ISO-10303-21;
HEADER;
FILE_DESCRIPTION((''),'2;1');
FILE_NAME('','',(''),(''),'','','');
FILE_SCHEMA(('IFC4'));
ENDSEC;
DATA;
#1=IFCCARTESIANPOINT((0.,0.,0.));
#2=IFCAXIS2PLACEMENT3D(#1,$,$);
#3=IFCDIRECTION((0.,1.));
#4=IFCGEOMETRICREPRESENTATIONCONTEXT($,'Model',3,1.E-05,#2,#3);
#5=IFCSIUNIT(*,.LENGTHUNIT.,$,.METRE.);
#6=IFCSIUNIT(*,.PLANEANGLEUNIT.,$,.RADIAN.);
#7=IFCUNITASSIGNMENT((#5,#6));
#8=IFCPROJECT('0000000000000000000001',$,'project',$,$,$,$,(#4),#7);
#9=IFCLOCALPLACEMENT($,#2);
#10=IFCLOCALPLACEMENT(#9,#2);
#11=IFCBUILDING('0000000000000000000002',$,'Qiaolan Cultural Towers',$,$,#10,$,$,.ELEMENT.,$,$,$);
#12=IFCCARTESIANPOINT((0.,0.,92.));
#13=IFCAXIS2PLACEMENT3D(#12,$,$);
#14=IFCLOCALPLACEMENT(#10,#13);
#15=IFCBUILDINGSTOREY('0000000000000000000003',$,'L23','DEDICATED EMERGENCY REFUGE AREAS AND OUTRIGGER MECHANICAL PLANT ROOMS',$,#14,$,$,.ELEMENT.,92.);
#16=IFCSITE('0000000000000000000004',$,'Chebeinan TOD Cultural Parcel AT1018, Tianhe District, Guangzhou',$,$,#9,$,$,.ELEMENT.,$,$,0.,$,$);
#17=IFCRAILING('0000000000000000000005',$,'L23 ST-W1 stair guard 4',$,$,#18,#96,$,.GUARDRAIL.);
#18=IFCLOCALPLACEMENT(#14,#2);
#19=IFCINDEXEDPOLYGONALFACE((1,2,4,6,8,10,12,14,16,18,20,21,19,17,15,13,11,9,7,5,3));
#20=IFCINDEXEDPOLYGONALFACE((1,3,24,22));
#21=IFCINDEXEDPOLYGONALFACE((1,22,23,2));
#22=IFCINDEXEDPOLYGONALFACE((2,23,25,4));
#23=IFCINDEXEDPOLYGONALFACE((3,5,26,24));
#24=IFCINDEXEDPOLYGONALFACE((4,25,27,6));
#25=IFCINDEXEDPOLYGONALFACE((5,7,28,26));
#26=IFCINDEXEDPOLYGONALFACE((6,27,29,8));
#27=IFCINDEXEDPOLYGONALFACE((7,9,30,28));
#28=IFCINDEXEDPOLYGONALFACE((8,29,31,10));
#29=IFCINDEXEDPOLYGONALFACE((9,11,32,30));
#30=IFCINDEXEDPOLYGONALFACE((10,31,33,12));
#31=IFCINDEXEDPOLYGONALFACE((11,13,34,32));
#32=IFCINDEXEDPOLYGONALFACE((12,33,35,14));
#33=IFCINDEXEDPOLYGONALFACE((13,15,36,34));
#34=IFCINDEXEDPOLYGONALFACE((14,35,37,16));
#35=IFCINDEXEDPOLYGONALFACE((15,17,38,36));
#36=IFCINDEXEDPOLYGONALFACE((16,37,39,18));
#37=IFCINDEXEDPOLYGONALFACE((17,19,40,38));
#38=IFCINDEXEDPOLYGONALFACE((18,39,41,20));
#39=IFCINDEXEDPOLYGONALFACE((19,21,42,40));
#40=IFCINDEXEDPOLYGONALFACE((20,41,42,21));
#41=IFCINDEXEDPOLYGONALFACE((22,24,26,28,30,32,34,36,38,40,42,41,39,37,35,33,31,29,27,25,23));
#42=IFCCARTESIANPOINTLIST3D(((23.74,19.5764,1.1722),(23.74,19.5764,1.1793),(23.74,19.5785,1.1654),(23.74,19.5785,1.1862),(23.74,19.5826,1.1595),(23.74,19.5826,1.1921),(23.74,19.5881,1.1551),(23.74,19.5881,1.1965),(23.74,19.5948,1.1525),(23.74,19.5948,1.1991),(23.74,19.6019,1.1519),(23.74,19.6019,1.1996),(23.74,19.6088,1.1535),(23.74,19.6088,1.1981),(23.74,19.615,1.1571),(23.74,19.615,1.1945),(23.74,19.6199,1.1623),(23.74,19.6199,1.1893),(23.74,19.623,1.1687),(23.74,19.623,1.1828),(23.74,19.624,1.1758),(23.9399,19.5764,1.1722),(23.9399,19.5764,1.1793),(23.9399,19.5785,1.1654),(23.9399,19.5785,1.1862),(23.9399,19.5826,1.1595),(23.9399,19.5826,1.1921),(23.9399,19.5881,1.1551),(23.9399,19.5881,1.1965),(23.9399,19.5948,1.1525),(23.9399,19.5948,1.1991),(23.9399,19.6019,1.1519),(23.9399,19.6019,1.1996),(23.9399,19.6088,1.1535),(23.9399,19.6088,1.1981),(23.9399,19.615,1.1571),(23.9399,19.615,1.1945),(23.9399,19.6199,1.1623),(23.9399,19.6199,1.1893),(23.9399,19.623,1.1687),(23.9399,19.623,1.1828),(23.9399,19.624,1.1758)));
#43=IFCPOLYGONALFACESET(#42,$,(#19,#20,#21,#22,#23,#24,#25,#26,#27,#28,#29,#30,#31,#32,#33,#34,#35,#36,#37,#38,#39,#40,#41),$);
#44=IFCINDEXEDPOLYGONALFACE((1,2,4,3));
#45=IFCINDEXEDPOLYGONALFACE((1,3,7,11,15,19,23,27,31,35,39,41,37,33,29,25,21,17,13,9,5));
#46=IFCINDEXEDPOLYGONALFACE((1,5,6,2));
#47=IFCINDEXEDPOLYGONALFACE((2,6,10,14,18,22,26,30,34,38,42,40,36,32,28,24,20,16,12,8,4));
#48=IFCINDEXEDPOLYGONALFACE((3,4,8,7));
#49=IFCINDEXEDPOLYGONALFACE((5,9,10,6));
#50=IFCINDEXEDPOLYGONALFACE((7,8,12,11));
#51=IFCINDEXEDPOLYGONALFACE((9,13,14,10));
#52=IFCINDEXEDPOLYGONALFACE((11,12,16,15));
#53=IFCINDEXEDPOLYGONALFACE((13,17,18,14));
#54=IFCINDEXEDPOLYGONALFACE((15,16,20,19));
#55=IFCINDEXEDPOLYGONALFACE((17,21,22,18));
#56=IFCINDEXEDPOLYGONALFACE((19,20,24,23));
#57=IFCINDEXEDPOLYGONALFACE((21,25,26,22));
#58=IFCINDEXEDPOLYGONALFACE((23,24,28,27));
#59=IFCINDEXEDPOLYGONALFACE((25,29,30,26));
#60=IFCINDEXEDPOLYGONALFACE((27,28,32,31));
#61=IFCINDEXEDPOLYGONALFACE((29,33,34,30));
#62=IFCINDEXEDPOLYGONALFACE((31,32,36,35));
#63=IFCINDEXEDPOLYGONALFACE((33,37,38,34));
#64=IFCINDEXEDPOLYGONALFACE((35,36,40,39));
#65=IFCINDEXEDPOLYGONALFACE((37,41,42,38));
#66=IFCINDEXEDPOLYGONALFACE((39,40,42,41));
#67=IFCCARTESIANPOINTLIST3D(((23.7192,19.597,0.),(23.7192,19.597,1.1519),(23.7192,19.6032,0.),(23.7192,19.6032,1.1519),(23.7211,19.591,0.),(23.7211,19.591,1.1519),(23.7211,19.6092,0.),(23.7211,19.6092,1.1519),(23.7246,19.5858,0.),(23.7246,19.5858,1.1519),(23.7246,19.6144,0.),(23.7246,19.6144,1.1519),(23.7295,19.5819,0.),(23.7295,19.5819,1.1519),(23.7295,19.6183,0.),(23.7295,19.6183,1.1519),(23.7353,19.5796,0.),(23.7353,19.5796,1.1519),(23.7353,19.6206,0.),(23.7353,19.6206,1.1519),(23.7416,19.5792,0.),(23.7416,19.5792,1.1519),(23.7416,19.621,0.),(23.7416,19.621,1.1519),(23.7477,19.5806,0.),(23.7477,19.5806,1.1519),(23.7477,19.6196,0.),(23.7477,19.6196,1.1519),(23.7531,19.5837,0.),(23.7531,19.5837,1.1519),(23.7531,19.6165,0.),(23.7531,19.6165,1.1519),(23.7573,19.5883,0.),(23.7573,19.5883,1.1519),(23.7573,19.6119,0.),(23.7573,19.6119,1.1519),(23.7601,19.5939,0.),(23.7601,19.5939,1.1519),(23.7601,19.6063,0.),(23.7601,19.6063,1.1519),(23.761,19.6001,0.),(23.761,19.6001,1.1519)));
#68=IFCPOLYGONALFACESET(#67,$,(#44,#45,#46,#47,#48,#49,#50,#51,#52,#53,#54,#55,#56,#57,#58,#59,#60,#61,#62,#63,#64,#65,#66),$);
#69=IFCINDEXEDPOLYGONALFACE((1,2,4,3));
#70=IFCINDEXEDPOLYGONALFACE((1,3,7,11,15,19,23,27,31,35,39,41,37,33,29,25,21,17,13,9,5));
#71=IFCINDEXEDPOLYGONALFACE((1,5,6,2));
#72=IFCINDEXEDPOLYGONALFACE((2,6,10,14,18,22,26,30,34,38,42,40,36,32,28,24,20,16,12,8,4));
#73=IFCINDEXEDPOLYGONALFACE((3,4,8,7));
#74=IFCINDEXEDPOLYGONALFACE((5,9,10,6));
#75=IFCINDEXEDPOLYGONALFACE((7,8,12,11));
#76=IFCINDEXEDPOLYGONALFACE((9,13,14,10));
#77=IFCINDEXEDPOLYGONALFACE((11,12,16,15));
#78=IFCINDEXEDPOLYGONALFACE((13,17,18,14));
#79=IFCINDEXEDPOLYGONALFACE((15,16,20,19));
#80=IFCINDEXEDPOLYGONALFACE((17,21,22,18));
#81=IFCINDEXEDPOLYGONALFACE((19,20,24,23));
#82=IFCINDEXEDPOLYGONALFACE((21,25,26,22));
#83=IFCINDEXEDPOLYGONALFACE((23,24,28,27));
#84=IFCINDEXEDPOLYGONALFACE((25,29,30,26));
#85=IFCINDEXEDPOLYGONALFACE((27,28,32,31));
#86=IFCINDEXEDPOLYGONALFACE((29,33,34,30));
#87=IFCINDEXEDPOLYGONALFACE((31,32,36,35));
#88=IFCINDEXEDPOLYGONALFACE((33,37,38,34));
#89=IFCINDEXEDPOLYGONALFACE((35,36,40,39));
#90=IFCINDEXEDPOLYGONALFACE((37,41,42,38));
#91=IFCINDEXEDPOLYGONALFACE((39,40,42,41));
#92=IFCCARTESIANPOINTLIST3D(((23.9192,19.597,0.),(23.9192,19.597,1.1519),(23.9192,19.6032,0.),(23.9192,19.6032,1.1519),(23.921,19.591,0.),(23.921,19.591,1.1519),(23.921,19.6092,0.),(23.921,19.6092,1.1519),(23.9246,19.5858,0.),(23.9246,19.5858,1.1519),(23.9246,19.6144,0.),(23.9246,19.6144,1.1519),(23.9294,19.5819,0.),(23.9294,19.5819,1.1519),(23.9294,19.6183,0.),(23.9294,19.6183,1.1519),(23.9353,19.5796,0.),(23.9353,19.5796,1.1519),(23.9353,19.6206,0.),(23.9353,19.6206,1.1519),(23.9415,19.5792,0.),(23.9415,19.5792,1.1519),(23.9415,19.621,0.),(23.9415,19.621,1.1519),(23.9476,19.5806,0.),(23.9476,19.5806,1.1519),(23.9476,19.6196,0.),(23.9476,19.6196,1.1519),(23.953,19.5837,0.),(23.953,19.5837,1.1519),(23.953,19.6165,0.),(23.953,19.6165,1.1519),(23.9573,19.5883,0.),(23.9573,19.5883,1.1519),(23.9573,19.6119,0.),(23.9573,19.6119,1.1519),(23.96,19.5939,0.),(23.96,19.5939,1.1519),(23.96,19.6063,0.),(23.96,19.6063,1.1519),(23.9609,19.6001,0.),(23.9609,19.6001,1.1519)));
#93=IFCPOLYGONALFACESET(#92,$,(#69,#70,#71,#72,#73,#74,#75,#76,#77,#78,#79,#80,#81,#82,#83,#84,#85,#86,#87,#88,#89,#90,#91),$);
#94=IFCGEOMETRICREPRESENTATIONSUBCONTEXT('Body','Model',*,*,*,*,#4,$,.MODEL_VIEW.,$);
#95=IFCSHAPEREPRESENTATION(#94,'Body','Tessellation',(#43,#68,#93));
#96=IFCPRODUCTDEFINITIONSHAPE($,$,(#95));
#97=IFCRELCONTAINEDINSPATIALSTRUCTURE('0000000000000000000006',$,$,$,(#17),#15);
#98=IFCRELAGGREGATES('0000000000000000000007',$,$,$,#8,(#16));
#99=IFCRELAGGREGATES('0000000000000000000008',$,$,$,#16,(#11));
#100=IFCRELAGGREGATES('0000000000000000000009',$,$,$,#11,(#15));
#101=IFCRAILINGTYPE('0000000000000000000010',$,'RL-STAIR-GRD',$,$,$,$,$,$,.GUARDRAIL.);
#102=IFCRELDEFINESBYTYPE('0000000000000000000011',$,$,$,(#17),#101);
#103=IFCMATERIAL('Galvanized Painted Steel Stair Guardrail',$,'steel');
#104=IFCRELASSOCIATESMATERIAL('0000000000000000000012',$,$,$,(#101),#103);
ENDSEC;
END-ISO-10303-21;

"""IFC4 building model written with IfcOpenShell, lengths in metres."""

from ifc_helpers import new_model, si_unit, direction, frame, origin, origin_2d, place, context, subcontext, project, spatial, circle, extrude, material, type_object, element, save


model = new_model("IFC4")

# Units and contexts
model_context = context("Model", 3, precision=1e-05, world=origin(), true_north=direction((0.0, 1.0)))
body_context = subcontext(model_context, "Body", "Model", "MODEL_VIEW")
ifc_project = project(units=[si_unit("LENGTHUNIT", "METRE"), si_unit("PLANEANGLEUNIT", "RADIAN")], contexts=[model_context])

# Site, building, storey
site_placement = place(None, origin())
site = spatial("IfcSite", under=ifc_project, at=site_placement, Name="Chebeinan TOD Cultural Parcel AT1018, Tianhe District, Guangzhou", CompositionType="ELEMENT", RefElevation=0.0)
building_placement = place(site_placement, origin())
building = spatial("IfcBuilding", under=site, at=building_placement, Name="Qiaolan Cultural Towers", CompositionType="ELEMENT")
storey_placement = place(building_placement, frame((0.0, 0.0, 92.0)))
storey = spatial("IfcBuildingStorey", under=building, at=storey_placement, Name="L23", Description="DEDICATED EMERGENCY REFUGE AREAS AND OUTRIGGER MECHANICAL PLANT ROOMS", CompositionType="ELEMENT", Elevation=92.0)

# Railing
ifc_material_1 = material(Name="Galvanized Painted Steel Stair Guardrail", Category="steel")
railing_type = type_object("IfcRailingType", Name="RL-STAIR-GRD", PredefinedType="GUARDRAIL", material=ifc_material_1)
railing_1_placement = place(storey_placement, frame((23.74, 19.6001, 0.0)))
element("IfcRailing", 1, at=railing_1_placement, inside=storey, type_object=railing_type, Name="L23 ST-W1 stair guard 4", PredefinedType="GUARDRAIL", context=body_context, shape_type="SweptSolid", body=[
    extrude(circle(Radius=0.0239, at=origin_2d()), frame((0.0, 0.0, 1.1758), z_axis=(1.0, 0.0, 0.0), x_axis=(0.0, 1.0, 0.0)), (0.0, 0.0, 1.0), 0.2),
    extrude(circle(Radius=0.021, at=origin_2d()), origin(), (0.0, 0.0, 1.0), 1.1519),
    extrude(circle(Radius=0.021, at=origin_2d()), frame((0.2, 0.0, 0.0)), (0.0, 0.0, 1.0), 1.1519),
])

save(model, "model.ifc")
